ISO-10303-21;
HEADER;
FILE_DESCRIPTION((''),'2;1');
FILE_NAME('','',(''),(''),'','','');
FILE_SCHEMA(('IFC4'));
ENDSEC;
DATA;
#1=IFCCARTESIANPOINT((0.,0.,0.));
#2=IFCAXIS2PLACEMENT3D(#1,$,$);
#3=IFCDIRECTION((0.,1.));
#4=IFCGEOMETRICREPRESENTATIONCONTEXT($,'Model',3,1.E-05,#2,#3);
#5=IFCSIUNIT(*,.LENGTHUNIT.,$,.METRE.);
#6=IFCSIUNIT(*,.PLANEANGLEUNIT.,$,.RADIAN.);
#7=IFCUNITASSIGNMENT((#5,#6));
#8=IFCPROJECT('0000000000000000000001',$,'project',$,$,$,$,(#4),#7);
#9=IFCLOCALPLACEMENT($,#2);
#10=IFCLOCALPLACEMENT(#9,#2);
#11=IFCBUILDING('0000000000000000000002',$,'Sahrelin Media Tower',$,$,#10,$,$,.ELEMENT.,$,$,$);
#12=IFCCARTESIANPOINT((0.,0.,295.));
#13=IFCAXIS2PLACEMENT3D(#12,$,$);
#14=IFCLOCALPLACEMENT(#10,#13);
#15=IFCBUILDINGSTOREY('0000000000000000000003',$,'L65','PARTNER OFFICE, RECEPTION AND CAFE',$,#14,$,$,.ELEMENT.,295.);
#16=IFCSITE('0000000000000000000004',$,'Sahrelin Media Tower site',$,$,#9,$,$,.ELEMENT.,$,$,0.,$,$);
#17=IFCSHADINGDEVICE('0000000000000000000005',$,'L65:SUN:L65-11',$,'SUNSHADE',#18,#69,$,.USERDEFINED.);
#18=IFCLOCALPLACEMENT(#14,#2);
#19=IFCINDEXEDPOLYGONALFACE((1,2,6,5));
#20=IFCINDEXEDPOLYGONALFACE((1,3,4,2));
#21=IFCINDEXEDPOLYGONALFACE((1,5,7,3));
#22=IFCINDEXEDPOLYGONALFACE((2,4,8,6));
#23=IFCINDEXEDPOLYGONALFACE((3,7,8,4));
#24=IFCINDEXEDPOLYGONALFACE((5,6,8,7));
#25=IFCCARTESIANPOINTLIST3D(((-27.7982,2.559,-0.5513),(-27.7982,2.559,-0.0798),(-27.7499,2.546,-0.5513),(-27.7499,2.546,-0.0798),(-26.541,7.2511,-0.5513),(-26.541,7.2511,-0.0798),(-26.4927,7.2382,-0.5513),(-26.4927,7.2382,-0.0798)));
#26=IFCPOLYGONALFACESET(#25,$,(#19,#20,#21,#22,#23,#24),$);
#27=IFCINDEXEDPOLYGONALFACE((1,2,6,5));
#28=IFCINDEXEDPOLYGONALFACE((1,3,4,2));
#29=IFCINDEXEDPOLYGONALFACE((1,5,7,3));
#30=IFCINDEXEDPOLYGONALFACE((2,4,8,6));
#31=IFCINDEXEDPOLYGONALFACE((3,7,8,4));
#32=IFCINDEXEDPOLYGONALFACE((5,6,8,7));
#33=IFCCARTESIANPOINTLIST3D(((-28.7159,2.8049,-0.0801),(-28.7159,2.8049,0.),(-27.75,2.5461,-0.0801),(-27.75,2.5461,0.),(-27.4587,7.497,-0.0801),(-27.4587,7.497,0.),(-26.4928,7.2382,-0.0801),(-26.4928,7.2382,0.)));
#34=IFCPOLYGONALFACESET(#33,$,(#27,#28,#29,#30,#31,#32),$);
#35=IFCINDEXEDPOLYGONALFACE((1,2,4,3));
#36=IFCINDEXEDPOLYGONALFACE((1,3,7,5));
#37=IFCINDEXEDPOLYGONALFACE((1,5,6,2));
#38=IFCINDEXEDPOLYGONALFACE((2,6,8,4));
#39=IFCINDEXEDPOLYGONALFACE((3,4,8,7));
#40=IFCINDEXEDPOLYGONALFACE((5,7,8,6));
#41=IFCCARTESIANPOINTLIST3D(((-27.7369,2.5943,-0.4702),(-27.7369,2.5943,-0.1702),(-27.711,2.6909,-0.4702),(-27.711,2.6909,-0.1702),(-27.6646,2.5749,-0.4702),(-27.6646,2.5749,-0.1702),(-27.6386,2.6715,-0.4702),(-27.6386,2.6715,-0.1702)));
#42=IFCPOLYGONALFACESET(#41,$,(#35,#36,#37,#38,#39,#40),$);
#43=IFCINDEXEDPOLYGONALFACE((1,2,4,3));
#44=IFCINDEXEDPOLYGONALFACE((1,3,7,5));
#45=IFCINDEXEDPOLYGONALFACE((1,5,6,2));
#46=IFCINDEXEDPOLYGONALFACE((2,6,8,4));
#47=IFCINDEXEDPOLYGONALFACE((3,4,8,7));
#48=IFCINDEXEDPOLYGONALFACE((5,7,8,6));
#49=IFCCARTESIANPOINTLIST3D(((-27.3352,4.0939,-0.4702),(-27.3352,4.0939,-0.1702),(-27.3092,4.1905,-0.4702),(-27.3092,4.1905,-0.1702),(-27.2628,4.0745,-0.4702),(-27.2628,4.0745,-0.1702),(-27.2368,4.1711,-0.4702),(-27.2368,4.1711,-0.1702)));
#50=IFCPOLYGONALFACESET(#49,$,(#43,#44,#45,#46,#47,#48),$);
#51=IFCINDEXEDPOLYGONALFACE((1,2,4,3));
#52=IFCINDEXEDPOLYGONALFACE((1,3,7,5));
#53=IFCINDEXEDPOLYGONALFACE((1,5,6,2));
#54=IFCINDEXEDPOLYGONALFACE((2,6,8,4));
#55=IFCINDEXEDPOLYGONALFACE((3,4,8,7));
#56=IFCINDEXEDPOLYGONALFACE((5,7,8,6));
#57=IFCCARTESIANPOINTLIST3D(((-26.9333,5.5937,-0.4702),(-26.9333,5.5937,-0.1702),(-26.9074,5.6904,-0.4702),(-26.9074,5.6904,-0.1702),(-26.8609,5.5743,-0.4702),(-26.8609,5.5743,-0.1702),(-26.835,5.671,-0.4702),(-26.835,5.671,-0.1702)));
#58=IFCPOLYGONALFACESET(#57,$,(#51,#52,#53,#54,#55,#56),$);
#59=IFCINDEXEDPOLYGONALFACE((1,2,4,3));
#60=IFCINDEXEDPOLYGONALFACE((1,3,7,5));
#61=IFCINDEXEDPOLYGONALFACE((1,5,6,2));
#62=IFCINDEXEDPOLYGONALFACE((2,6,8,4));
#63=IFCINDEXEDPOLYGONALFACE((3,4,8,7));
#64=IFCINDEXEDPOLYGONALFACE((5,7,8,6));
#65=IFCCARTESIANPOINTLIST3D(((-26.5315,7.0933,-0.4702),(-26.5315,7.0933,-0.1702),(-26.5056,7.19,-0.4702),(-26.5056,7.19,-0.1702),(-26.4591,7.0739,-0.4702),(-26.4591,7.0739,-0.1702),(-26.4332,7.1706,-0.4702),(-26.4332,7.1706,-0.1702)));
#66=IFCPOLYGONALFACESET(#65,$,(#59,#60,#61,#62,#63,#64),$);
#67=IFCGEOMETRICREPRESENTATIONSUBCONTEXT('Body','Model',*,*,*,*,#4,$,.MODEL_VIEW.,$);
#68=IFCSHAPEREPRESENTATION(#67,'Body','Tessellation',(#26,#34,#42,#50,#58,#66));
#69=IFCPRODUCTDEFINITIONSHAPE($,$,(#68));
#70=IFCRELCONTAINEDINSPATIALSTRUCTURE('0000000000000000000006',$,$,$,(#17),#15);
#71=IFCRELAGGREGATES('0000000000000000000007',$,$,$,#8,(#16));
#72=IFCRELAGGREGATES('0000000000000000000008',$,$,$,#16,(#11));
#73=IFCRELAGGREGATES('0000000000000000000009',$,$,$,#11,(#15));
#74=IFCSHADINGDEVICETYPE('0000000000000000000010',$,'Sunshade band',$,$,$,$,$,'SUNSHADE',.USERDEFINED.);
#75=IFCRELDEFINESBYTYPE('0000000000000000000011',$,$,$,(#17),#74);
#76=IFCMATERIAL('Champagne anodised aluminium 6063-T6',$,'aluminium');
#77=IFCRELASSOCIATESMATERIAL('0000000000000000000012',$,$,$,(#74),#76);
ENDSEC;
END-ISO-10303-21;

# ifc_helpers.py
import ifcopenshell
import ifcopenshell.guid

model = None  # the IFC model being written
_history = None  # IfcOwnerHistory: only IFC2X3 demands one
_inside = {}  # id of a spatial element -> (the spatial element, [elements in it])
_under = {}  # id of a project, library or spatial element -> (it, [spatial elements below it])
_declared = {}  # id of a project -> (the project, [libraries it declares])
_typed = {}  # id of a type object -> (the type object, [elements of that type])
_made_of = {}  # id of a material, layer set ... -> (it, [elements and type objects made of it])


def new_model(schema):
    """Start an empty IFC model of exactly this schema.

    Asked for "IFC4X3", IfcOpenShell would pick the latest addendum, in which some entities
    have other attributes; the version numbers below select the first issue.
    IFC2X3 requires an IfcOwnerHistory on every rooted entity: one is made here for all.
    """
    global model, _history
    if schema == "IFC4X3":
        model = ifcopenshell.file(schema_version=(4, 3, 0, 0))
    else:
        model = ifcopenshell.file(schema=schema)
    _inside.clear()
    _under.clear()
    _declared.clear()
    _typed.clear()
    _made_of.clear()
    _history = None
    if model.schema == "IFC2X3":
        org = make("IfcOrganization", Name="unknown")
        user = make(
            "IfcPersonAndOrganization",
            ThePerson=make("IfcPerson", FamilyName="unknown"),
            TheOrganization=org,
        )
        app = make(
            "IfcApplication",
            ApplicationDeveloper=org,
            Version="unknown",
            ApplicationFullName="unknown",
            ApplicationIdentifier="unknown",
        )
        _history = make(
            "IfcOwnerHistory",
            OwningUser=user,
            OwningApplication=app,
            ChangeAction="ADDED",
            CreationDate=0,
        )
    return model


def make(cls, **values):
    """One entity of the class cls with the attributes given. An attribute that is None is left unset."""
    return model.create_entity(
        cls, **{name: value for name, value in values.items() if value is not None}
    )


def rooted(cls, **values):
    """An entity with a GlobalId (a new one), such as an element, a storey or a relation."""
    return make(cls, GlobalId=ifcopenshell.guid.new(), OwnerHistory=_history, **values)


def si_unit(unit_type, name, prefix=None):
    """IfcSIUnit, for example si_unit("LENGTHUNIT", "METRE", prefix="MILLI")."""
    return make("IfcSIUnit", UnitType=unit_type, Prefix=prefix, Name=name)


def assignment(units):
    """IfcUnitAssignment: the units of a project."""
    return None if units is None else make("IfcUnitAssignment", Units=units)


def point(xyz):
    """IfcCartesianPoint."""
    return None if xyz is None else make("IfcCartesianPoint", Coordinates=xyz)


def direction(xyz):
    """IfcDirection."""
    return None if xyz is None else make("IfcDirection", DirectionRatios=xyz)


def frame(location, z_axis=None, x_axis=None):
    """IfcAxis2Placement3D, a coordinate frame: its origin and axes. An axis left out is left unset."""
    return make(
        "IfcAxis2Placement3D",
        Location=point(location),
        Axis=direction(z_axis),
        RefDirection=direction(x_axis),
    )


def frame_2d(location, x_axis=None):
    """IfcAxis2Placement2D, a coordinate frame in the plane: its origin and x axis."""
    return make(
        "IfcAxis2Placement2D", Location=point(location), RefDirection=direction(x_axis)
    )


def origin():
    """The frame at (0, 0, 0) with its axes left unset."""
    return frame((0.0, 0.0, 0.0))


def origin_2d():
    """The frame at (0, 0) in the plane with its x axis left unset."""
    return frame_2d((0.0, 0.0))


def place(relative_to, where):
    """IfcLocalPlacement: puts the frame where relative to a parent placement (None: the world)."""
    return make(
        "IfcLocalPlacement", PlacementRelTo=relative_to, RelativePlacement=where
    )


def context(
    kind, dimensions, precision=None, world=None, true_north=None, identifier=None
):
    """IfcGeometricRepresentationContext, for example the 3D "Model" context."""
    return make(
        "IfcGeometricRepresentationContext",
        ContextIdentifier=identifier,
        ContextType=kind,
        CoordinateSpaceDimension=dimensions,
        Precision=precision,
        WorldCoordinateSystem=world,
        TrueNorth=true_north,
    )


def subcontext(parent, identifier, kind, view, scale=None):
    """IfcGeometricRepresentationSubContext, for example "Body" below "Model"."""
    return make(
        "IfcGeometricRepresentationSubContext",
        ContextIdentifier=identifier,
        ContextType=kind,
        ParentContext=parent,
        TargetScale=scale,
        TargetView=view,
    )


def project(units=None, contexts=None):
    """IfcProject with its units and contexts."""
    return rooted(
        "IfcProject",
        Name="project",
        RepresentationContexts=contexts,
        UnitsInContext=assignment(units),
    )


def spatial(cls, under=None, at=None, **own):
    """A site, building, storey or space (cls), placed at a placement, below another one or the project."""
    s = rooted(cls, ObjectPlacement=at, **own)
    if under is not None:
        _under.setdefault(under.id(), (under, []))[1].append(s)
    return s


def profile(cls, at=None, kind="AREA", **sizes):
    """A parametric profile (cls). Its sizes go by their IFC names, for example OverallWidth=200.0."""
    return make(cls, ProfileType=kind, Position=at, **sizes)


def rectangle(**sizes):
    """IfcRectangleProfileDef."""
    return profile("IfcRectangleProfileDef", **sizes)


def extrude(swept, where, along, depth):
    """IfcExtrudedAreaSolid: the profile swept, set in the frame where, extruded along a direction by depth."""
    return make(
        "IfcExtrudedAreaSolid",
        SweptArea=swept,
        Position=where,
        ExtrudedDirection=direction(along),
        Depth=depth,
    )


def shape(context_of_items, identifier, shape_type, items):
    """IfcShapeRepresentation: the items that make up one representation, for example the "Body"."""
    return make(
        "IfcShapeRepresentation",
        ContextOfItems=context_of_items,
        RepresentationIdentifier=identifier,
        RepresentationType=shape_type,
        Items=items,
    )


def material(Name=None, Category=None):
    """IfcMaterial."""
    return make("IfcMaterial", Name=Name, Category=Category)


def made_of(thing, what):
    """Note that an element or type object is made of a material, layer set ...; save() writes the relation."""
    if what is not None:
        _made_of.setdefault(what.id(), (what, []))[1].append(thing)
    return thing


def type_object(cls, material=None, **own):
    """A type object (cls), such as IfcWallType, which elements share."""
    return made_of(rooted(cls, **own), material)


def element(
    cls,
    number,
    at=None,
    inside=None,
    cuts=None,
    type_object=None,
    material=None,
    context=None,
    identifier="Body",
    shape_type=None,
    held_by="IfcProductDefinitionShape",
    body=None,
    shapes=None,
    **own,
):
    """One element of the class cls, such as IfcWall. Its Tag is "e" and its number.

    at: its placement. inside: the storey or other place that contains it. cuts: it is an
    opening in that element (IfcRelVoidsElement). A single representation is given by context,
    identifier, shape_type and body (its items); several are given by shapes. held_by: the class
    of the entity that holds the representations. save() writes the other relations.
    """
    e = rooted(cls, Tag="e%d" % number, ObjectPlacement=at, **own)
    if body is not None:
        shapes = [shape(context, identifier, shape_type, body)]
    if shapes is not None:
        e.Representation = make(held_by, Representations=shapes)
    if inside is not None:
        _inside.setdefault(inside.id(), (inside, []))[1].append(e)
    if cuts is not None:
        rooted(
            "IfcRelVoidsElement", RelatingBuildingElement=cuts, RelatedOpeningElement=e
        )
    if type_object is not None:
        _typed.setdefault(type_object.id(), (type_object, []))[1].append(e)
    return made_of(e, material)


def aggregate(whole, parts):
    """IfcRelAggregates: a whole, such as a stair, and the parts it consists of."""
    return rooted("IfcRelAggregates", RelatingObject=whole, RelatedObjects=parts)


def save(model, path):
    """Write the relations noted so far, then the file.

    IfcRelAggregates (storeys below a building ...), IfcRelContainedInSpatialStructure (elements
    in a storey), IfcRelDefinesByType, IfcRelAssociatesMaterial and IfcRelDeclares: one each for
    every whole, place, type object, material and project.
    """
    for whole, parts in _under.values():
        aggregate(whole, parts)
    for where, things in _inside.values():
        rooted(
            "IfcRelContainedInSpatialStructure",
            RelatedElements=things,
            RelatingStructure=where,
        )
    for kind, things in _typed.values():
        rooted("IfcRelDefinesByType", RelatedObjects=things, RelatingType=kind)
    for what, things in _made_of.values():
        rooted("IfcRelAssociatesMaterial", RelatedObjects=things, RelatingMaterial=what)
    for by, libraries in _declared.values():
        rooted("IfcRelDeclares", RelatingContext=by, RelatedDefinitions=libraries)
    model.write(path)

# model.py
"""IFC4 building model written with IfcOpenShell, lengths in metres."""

from ifc_helpers import new_model, si_unit, direction, frame, origin, origin_2d, place, context, subcontext, project, spatial, rectangle, extrude, material, type_object, element, save


model = new_model("IFC4")

# Units and contexts
model_context = context("Model", 3, precision=1e-05, world=origin(), true_north=direction((0.0, 1.0)))
body_context = subcontext(model_context, "Body", "Model", "MODEL_VIEW")
ifc_project = project(units=[si_unit("LENGTHUNIT", "METRE"), si_unit("PLANEANGLEUNIT", "RADIAN")], contexts=[model_context])

# Site, building, storey
site_placement = place(None, origin())
site = spatial("IfcSite", under=ifc_project, at=site_placement, Name="Sahrelin Media Tower site", CompositionType="ELEMENT", RefElevation=0.0)
building_placement = place(site_placement, origin())
building = spatial("IfcBuilding", under=site, at=building_placement, Name="Sahrelin Media Tower", CompositionType="ELEMENT")
storey_placement = place(building_placement, frame((0.0, 0.0, 295.0)))
storey = spatial("IfcBuildingStorey", under=building, at=storey_placement, Name="L65", Description="PARTNER OFFICE, RECEPTION AND CAFE", CompositionType="ELEMENT", Elevation=295.0)

# Shared definitions
ifc_material_1 = material(Name="Champagne anodised aluminium 6063-T6", Category="aluminium")

# Shading device
placement_1 = place(storey_placement, frame((-27.1021, 4.887, 0.0), z_axis=(0.0, 0.0, 1.0), x_axis=(0.258808, 0.965929, 0.0)))
shading_device_type_1 = type_object("IfcShadingDeviceType", Name="Sunshade band", ElementType="SUNSHADE", PredefinedType="USERDEFINED", material=ifc_material_1)
element("IfcShadingDevice", 1, at=placement_1, inside=storey, type_object=shading_device_type_1, Name="L65:SUN:L65-11", ObjectType="SUNSHADE", PredefinedType="USERDEFINED", context=body_context, shape_type="SweptSolid", body=[
    extrude(rectangle(XDim=4.8577, YDim=0.05, at=origin_2d()), frame((0.0, 0.0449, -0.5513)), (0.0, 0.0, 1.0), 0.4714),
    extrude(rectangle(XDim=4.8577, YDim=1.0, at=origin_2d()), frame((0.0, 0.52, -0.0801)), (0.0, 0.0, 1.0), 0.0801),
    extrude(rectangle(XDim=0.1001, YDim=0.075, at=origin_2d()), frame((-2.3289, -0.0176, -0.4702)), (0.0, 0.0, 1.0), 0.3),
    extrude(rectangle(XDim=0.1001, YDim=0.075, at=origin_2d()), frame((-0.7764, -0.0176, -0.4702)), (0.0, 0.0, 1.0), 0.3),
    extrude(rectangle(XDim=0.1001, YDim=0.075, at=origin_2d()), frame((0.7764, -0.0176, -0.4702)), (0.0, 0.0, 1.0), 0.3),
    extrude(rectangle(XDim=0.1001, YDim=0.075, at=origin_2d()), frame((2.3289, -0.0176, -0.4702)), (0.0, 0.0, 1.0), 0.3),
])

save(model, "model.ifc")
